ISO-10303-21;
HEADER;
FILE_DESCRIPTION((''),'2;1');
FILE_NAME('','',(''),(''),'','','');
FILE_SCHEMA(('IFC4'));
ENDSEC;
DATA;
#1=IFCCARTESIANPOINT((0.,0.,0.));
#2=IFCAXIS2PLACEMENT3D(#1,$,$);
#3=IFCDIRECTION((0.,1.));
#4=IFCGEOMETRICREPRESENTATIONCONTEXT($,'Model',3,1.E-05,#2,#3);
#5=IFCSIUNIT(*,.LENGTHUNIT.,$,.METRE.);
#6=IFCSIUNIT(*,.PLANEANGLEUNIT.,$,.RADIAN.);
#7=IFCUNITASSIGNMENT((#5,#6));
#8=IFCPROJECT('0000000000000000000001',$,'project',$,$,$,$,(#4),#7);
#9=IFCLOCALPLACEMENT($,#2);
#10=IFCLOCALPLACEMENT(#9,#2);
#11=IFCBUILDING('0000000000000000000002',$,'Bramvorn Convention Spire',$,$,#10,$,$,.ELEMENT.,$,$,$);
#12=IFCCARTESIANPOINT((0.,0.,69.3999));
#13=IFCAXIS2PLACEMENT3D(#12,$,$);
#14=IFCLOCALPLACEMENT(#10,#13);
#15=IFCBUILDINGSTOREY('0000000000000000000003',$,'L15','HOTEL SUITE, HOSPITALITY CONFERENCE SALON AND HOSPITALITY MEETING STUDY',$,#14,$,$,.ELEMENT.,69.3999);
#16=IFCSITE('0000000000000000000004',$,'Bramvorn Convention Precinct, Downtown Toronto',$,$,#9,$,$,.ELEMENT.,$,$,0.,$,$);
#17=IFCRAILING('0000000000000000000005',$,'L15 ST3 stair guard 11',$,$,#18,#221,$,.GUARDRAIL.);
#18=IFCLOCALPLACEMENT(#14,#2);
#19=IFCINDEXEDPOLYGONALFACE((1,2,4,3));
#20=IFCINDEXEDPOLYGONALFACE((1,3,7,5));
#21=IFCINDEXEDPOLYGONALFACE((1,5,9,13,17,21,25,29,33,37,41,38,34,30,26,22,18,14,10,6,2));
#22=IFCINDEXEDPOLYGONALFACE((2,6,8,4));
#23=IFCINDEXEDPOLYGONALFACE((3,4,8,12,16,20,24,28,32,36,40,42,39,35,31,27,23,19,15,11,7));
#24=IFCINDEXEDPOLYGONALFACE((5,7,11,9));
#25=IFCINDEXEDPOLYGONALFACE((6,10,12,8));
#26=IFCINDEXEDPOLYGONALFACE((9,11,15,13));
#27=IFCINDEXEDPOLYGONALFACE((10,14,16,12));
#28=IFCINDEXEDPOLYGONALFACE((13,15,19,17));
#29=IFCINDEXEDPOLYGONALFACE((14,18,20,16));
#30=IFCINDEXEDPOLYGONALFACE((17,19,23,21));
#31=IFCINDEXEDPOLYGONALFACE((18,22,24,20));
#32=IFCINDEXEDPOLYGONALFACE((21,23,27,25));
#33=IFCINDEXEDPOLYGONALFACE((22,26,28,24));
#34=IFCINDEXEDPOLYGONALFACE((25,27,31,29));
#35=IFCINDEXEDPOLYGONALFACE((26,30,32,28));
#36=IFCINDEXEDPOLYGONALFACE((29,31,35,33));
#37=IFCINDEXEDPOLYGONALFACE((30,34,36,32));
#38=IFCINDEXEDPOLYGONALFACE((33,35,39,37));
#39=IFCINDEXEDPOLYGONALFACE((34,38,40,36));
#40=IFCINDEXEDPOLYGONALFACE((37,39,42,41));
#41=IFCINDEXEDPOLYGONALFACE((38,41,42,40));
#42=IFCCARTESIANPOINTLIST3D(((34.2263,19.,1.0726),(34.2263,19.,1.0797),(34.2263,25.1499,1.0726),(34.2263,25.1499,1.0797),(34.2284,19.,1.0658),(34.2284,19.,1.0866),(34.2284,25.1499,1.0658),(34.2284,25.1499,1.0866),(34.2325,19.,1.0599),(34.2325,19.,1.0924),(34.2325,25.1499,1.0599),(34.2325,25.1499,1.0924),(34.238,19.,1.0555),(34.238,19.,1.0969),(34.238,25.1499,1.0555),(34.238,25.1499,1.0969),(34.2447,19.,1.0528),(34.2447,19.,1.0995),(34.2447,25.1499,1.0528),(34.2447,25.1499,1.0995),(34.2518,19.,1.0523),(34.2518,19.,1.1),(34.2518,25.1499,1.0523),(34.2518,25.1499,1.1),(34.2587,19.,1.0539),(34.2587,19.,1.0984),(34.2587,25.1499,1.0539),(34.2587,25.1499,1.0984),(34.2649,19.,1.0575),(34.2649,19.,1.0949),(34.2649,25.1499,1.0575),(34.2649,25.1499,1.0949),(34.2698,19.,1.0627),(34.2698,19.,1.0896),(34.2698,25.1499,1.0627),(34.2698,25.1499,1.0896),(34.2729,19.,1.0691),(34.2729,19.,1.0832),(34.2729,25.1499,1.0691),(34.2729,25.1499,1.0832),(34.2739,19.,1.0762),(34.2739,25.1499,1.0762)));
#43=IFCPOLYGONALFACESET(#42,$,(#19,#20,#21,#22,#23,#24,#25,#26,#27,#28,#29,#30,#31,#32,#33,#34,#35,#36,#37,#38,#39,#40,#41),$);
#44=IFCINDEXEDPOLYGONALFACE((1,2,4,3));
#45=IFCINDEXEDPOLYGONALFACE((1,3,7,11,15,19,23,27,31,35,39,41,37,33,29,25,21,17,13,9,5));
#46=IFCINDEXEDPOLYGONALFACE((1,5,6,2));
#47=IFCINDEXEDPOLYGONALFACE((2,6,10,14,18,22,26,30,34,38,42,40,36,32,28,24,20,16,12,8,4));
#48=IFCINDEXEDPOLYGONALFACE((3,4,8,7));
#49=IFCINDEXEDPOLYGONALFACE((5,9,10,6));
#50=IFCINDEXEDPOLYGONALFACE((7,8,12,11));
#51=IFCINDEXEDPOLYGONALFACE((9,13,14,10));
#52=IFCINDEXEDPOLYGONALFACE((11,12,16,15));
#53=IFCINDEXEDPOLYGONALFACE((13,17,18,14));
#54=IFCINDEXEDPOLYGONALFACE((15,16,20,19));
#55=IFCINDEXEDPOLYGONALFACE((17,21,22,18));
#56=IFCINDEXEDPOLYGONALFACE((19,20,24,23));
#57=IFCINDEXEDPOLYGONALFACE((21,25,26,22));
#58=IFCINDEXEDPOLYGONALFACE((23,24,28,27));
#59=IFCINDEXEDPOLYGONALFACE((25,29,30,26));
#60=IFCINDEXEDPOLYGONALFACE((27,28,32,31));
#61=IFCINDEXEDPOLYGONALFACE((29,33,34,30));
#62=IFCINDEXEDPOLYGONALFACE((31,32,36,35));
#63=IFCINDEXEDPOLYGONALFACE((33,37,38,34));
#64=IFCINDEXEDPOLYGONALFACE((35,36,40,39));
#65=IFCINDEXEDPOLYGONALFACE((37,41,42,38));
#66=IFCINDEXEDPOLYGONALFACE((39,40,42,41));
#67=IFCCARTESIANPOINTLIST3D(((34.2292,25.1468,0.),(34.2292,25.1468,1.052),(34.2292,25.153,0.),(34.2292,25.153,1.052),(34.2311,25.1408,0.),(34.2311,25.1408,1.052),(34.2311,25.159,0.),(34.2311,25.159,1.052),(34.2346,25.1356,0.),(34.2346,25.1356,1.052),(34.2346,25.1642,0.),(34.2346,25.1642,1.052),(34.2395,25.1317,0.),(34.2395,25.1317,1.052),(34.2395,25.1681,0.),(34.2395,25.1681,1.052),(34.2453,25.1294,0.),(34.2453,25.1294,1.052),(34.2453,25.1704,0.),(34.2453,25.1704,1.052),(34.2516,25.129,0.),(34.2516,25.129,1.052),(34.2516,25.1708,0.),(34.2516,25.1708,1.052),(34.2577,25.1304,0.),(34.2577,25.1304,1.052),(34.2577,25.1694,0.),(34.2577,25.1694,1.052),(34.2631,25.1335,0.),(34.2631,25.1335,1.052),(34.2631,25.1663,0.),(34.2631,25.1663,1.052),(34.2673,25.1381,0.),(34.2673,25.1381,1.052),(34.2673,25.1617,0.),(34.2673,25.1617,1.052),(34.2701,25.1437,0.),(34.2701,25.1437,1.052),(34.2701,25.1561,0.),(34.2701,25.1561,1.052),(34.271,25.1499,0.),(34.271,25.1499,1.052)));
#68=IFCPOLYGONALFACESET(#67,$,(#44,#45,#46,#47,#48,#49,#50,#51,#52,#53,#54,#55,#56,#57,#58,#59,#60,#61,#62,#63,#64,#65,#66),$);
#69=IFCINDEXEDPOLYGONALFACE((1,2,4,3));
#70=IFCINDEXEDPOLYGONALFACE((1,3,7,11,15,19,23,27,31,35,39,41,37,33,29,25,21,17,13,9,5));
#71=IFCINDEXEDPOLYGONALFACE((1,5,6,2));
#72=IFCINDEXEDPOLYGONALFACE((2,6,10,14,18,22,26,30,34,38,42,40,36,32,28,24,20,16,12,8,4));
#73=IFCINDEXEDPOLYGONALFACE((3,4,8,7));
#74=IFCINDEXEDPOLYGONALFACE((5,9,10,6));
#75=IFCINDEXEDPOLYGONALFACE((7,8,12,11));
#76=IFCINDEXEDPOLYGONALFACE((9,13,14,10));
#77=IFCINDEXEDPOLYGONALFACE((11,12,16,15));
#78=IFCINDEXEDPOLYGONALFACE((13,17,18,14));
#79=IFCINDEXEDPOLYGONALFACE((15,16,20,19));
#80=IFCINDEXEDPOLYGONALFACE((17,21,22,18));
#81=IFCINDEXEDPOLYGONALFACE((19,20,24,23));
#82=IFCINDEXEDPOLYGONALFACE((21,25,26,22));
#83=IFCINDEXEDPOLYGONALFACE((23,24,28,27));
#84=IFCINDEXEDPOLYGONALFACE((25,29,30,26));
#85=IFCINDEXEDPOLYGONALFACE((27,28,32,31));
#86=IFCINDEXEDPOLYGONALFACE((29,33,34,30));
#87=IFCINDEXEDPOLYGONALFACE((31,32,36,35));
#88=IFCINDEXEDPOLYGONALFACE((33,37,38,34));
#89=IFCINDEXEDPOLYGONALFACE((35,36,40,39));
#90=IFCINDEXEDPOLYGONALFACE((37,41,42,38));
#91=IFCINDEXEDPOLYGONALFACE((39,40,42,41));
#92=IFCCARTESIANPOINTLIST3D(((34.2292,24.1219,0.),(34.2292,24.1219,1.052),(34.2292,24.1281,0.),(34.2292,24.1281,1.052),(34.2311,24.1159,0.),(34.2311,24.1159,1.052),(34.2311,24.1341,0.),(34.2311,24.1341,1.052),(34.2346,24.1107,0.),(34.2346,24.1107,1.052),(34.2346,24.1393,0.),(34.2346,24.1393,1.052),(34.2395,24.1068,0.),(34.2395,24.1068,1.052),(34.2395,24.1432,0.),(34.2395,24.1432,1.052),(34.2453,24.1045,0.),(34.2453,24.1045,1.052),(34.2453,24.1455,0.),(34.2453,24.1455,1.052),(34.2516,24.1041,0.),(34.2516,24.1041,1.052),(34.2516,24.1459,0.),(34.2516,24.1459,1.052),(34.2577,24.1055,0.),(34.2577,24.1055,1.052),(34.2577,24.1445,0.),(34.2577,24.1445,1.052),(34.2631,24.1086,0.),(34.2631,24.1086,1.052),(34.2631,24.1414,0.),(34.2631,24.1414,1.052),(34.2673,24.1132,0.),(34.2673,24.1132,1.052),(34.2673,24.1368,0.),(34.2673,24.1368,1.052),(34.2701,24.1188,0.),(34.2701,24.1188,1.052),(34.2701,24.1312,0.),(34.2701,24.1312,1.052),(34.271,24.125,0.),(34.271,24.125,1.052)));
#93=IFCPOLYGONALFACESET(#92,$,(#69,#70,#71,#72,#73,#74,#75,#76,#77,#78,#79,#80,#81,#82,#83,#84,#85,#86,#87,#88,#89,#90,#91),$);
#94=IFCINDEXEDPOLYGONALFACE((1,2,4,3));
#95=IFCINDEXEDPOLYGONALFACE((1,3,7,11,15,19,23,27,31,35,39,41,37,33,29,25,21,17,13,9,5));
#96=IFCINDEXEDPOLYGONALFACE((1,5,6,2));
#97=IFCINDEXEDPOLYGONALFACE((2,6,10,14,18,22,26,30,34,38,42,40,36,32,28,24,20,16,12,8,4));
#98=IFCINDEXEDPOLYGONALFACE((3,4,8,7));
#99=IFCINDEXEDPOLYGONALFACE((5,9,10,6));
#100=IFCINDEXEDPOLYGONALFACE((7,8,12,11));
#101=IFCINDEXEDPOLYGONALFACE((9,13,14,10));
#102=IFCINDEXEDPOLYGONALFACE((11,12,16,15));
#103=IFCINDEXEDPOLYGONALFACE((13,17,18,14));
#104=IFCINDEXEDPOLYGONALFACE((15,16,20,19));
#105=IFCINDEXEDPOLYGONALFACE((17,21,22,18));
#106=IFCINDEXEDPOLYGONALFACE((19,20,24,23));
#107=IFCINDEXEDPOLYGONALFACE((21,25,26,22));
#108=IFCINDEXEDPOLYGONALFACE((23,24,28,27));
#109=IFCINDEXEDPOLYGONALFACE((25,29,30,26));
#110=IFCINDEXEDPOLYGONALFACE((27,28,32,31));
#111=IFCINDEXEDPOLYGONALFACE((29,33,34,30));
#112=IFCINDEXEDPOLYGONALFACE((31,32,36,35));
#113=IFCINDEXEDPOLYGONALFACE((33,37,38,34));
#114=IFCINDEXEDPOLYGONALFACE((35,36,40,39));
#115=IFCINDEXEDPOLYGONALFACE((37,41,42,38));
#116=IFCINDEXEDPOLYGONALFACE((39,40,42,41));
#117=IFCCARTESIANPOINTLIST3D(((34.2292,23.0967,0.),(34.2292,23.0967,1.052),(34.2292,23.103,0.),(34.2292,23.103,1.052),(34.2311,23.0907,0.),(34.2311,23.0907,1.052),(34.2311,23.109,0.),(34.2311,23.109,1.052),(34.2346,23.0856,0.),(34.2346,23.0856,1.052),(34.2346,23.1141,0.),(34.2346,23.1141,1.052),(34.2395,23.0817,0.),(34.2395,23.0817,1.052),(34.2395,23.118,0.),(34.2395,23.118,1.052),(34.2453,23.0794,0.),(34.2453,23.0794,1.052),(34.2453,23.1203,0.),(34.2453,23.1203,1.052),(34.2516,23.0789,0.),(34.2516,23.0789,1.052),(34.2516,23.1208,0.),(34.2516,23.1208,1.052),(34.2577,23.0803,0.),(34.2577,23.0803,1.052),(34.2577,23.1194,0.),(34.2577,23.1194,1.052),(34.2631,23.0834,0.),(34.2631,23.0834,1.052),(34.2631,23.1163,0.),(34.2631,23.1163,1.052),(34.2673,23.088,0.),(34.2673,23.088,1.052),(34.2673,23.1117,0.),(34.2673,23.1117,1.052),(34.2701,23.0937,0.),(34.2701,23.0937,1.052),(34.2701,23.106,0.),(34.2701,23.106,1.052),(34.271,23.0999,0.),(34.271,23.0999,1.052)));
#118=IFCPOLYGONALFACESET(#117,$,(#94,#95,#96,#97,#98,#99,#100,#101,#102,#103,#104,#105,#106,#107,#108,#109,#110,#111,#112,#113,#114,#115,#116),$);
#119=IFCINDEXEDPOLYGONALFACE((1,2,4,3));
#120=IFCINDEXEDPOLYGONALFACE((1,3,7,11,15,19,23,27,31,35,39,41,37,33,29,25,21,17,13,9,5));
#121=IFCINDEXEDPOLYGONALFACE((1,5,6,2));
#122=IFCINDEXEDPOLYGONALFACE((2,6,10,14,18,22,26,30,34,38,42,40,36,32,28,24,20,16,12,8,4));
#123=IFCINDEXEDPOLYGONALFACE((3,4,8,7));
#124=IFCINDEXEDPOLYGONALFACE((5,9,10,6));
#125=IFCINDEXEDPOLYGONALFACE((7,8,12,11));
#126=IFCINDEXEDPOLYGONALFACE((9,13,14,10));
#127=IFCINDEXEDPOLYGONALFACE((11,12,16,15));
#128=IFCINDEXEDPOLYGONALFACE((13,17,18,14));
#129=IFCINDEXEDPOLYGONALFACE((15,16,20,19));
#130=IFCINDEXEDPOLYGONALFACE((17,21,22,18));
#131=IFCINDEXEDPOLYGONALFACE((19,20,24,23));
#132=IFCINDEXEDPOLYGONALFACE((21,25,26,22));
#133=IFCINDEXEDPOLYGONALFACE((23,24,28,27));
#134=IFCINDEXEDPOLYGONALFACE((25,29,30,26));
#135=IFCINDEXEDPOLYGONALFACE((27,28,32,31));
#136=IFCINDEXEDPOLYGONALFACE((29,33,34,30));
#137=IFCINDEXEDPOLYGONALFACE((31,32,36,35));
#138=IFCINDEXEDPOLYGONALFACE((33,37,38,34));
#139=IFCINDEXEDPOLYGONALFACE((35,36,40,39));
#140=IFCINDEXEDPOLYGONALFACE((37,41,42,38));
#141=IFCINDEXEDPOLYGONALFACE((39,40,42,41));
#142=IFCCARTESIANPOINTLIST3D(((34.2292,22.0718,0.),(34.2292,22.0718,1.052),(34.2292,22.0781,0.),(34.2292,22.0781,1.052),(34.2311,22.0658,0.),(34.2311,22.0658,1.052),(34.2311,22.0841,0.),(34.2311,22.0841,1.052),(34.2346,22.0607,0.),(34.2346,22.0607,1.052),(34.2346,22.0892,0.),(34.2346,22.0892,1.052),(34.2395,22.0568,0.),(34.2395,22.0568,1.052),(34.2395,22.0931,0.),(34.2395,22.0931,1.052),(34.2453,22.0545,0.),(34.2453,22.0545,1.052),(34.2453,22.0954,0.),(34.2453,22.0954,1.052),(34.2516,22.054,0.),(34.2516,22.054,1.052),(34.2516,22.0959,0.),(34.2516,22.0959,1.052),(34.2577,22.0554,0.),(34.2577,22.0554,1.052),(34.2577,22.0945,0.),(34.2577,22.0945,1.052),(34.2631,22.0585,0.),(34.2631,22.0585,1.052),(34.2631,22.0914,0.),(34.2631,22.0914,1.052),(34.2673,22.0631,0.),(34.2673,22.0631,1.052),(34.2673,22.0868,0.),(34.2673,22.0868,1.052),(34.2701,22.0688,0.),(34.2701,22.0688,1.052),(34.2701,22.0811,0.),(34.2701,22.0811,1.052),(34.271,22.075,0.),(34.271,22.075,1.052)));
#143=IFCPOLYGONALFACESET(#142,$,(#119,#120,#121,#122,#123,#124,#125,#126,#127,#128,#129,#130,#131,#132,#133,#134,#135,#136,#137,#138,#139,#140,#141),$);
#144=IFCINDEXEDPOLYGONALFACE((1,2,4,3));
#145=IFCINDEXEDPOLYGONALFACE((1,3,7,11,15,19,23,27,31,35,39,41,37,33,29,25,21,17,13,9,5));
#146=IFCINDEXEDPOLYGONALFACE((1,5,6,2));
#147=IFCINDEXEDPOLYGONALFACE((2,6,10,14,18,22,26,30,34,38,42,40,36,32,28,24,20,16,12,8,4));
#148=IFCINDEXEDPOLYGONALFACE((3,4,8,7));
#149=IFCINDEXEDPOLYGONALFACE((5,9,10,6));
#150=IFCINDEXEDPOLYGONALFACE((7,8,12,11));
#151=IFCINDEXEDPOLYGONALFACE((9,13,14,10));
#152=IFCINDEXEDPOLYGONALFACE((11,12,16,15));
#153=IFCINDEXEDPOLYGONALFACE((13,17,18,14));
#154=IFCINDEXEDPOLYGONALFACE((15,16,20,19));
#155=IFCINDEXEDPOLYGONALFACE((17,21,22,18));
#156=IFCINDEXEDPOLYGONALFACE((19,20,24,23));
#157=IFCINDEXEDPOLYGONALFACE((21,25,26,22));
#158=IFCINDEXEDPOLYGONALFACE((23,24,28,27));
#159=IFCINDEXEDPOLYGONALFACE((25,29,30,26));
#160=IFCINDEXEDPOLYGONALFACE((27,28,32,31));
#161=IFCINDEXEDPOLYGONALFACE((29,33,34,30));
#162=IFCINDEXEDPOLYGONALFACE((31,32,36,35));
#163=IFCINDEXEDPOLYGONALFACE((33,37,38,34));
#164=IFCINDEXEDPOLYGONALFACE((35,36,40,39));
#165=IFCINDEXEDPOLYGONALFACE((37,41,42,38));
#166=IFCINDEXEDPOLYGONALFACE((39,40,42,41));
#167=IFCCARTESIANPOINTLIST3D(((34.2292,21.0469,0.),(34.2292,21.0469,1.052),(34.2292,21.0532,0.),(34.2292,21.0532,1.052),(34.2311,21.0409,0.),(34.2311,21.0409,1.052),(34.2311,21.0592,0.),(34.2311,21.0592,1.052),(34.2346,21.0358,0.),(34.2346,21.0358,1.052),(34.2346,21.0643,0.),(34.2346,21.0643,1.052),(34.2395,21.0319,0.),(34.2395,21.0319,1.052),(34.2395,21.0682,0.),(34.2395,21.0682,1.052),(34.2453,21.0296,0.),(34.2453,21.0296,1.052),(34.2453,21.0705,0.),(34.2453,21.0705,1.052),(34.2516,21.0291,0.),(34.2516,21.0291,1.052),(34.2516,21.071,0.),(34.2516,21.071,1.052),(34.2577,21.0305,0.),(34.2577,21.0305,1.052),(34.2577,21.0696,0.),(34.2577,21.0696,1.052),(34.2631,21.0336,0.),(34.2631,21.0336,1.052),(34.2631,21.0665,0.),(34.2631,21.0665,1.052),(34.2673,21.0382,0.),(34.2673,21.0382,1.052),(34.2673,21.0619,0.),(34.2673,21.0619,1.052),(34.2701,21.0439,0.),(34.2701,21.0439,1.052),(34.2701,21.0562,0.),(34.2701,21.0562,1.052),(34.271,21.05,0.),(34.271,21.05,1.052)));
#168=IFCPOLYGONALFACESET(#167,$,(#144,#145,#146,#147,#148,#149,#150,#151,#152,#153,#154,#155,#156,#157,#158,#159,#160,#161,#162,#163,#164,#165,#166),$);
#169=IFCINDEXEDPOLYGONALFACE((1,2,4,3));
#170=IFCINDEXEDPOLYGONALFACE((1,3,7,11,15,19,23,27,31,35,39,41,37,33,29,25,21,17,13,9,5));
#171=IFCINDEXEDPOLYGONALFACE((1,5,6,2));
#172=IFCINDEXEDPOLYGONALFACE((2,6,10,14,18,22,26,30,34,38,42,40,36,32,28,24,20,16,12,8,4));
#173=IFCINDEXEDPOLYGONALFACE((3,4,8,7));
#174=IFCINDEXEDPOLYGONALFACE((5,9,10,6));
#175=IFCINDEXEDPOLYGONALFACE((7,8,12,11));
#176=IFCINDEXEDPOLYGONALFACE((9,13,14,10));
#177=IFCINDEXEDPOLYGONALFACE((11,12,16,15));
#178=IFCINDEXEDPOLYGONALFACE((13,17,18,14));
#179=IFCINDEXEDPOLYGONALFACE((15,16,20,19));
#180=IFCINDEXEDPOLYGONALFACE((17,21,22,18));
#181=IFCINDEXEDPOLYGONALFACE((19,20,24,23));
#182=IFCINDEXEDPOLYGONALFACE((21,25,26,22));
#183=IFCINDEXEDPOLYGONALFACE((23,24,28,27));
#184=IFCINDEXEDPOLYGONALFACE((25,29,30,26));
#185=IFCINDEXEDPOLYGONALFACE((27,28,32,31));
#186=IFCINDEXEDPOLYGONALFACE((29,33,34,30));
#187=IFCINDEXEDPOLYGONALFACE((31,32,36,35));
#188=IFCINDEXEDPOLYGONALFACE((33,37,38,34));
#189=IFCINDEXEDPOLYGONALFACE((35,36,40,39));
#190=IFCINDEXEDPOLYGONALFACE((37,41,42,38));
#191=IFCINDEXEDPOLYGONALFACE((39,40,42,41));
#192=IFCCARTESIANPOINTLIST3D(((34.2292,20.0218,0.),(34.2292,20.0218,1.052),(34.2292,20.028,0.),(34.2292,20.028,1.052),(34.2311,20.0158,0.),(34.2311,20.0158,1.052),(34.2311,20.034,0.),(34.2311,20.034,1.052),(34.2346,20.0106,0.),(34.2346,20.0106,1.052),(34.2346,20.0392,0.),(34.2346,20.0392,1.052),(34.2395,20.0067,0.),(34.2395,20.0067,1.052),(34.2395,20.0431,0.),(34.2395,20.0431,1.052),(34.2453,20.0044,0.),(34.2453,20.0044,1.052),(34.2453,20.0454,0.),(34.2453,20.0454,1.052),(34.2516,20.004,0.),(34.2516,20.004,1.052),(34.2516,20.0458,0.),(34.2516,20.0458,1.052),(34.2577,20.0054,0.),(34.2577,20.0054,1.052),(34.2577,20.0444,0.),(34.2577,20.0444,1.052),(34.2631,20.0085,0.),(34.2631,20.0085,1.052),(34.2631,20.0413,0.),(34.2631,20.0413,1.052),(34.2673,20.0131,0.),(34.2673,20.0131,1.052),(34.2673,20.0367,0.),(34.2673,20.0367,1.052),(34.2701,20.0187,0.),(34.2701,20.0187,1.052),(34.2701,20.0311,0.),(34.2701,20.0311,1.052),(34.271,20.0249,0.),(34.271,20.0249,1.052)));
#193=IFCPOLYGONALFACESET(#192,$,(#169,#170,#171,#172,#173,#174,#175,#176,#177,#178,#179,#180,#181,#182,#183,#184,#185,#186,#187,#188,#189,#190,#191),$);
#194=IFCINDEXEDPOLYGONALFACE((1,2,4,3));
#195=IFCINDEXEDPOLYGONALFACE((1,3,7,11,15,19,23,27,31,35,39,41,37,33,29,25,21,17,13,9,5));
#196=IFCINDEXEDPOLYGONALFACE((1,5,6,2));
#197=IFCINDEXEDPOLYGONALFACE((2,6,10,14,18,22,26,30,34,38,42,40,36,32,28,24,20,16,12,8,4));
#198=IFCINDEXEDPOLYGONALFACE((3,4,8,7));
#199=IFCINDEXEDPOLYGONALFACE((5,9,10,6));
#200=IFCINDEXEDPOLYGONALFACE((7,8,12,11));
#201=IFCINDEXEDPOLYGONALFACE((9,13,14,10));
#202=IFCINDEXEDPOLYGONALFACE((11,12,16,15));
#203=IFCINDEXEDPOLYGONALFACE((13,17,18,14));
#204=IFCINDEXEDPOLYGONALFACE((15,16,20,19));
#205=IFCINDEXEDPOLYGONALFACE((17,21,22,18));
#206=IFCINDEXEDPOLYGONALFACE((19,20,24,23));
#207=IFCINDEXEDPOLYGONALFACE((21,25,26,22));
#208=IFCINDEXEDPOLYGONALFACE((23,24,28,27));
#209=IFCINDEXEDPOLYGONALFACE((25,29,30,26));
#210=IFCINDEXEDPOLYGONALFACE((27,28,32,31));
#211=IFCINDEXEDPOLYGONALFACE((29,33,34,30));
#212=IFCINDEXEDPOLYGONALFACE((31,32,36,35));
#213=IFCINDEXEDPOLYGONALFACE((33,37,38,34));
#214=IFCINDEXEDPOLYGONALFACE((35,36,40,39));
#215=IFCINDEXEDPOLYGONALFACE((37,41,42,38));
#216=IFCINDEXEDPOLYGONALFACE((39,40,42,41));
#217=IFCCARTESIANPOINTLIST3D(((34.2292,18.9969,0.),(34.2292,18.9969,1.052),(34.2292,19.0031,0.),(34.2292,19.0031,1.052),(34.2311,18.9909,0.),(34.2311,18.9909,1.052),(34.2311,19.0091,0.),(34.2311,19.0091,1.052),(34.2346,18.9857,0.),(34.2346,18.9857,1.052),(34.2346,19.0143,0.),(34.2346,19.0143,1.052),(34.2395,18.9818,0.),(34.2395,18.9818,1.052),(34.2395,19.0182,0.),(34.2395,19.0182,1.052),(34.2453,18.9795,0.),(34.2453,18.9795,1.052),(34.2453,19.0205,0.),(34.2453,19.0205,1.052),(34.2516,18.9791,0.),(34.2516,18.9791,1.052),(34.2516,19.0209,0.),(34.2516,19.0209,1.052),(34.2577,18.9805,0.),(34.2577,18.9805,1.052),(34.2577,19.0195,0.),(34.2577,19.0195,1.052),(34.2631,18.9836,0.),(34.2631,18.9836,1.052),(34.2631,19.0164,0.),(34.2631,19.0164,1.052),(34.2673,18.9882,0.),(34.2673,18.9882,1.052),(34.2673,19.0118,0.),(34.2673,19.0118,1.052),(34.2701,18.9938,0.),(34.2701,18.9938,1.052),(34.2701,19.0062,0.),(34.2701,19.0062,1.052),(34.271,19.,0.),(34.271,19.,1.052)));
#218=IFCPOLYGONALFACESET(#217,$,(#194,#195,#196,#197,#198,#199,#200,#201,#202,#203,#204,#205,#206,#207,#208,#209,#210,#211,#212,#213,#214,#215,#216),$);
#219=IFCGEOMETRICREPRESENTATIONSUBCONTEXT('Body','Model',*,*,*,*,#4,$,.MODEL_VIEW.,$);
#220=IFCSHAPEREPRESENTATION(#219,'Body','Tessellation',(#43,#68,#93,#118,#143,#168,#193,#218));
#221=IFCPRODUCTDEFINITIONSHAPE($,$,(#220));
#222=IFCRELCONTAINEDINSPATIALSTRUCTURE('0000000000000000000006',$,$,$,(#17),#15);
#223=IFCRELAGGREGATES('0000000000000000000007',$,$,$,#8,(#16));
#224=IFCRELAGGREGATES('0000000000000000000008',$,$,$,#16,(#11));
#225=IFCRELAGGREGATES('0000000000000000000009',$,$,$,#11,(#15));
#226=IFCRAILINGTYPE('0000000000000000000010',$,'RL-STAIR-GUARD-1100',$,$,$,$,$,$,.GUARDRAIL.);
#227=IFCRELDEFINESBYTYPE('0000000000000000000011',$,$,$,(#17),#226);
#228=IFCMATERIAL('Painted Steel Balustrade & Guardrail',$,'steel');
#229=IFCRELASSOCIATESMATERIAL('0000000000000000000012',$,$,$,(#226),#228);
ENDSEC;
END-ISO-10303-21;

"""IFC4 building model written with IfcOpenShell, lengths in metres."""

from ifc_helpers import new_model, si_unit, direction, frame, origin, origin_2d, place, context, subcontext, project, spatial, circle, extrude, material, type_object, element, save


model = new_model("IFC4")

# Units and contexts
model_context = context("Model", 3, precision=1e-05, world=origin(), true_north=direction((0.0, 1.0)))
body_context = subcontext(model_context, "Body", "Model", "MODEL_VIEW")
ifc_project = project(units=[si_unit("LENGTHUNIT", "METRE"), si_unit("PLANEANGLEUNIT", "RADIAN")], contexts=[model_context])

# Site, building, storey
site_placement = place(None, origin())
site = spatial("IfcSite", under=ifc_project, at=site_placement, Name="Bramvorn Convention Precinct, Downtown Toronto", CompositionType="ELEMENT", RefElevation=0.0)
building_placement = place(site_placement, origin())
building = spatial("IfcBuilding", under=site, at=building_placement, Name="Bramvorn Convention Spire", CompositionType="ELEMENT")
storey_placement = place(building_placement, frame((0.0, 0.0, 69.3999)))
storey = spatial("IfcBuildingStorey", under=building, at=storey_placement, Name="L15", Description="HOTEL SUITE, HOSPITALITY CONFERENCE SALON AND HOSPITALITY MEETING STUDY", CompositionType="ELEMENT", Elevation=69.3999)

# Railing
ifc_material_1 = material(Name="Painted Steel Balustrade & Guardrail", Category="steel")
railing_type_1 = type_object("IfcRailingType", Name="RL-STAIR-GUARD-1100", PredefinedType="GUARDRAIL", material=ifc_material_1)
railing_1_placement = place(storey_placement, frame((34.25, 25.1499, 0.0)))
element("IfcRailing", 1, at=railing_1_placement, inside=storey, type_object=railing_type_1, Name="L15 ST3 stair guard 11", PredefinedType="GUARDRAIL", context=body_context, shape_type="SweptSolid", body=[
    extrude(circle(Radius=0.0239, at=origin_2d()), frame((0.0, 0.0, 1.0762), z_axis=(0.0, -1.0, 0.0), x_axis=(1.0, 0.0, 0.0)), (0.0, 0.0, 1.0), 6.1499),
    extrude(circle(Radius=0.021, at=origin_2d()), origin(), (0.0, 0.0, 1.0), 1.052),
    extrude(circle(Radius=0.021, at=origin_2d()), frame((0.0, -1.0249, 0.0)), (0.0, 0.0, 1.0), 1.052),
    extrude(circle(Radius=0.021, at=origin_2d()), frame((0.0, -2.05, 0.0)), (0.0, 0.0, 1.0), 1.052),
    extrude(circle(Radius=0.021, at=origin_2d()), frame((0.0, -3.075, 0.0)), (0.0, 0.0, 1.0), 1.052),
    extrude(circle(Radius=0.021, at=origin_2d()), frame((0.0, -4.0999, 0.0)), (0.0, 0.0, 1.0), 1.052),
    extrude(circle(Radius=0.021, at=origin_2d()), frame((0.0, -5.125, 0.0)), (0.0, 0.0, 1.0), 1.052),
    extrude(circle(Radius=0.021, at=origin_2d()), frame((0.0, -6.1499, 0.0)), (0.0, 0.0, 1.0), 1.052),
])

save(model, "model.ifc")
